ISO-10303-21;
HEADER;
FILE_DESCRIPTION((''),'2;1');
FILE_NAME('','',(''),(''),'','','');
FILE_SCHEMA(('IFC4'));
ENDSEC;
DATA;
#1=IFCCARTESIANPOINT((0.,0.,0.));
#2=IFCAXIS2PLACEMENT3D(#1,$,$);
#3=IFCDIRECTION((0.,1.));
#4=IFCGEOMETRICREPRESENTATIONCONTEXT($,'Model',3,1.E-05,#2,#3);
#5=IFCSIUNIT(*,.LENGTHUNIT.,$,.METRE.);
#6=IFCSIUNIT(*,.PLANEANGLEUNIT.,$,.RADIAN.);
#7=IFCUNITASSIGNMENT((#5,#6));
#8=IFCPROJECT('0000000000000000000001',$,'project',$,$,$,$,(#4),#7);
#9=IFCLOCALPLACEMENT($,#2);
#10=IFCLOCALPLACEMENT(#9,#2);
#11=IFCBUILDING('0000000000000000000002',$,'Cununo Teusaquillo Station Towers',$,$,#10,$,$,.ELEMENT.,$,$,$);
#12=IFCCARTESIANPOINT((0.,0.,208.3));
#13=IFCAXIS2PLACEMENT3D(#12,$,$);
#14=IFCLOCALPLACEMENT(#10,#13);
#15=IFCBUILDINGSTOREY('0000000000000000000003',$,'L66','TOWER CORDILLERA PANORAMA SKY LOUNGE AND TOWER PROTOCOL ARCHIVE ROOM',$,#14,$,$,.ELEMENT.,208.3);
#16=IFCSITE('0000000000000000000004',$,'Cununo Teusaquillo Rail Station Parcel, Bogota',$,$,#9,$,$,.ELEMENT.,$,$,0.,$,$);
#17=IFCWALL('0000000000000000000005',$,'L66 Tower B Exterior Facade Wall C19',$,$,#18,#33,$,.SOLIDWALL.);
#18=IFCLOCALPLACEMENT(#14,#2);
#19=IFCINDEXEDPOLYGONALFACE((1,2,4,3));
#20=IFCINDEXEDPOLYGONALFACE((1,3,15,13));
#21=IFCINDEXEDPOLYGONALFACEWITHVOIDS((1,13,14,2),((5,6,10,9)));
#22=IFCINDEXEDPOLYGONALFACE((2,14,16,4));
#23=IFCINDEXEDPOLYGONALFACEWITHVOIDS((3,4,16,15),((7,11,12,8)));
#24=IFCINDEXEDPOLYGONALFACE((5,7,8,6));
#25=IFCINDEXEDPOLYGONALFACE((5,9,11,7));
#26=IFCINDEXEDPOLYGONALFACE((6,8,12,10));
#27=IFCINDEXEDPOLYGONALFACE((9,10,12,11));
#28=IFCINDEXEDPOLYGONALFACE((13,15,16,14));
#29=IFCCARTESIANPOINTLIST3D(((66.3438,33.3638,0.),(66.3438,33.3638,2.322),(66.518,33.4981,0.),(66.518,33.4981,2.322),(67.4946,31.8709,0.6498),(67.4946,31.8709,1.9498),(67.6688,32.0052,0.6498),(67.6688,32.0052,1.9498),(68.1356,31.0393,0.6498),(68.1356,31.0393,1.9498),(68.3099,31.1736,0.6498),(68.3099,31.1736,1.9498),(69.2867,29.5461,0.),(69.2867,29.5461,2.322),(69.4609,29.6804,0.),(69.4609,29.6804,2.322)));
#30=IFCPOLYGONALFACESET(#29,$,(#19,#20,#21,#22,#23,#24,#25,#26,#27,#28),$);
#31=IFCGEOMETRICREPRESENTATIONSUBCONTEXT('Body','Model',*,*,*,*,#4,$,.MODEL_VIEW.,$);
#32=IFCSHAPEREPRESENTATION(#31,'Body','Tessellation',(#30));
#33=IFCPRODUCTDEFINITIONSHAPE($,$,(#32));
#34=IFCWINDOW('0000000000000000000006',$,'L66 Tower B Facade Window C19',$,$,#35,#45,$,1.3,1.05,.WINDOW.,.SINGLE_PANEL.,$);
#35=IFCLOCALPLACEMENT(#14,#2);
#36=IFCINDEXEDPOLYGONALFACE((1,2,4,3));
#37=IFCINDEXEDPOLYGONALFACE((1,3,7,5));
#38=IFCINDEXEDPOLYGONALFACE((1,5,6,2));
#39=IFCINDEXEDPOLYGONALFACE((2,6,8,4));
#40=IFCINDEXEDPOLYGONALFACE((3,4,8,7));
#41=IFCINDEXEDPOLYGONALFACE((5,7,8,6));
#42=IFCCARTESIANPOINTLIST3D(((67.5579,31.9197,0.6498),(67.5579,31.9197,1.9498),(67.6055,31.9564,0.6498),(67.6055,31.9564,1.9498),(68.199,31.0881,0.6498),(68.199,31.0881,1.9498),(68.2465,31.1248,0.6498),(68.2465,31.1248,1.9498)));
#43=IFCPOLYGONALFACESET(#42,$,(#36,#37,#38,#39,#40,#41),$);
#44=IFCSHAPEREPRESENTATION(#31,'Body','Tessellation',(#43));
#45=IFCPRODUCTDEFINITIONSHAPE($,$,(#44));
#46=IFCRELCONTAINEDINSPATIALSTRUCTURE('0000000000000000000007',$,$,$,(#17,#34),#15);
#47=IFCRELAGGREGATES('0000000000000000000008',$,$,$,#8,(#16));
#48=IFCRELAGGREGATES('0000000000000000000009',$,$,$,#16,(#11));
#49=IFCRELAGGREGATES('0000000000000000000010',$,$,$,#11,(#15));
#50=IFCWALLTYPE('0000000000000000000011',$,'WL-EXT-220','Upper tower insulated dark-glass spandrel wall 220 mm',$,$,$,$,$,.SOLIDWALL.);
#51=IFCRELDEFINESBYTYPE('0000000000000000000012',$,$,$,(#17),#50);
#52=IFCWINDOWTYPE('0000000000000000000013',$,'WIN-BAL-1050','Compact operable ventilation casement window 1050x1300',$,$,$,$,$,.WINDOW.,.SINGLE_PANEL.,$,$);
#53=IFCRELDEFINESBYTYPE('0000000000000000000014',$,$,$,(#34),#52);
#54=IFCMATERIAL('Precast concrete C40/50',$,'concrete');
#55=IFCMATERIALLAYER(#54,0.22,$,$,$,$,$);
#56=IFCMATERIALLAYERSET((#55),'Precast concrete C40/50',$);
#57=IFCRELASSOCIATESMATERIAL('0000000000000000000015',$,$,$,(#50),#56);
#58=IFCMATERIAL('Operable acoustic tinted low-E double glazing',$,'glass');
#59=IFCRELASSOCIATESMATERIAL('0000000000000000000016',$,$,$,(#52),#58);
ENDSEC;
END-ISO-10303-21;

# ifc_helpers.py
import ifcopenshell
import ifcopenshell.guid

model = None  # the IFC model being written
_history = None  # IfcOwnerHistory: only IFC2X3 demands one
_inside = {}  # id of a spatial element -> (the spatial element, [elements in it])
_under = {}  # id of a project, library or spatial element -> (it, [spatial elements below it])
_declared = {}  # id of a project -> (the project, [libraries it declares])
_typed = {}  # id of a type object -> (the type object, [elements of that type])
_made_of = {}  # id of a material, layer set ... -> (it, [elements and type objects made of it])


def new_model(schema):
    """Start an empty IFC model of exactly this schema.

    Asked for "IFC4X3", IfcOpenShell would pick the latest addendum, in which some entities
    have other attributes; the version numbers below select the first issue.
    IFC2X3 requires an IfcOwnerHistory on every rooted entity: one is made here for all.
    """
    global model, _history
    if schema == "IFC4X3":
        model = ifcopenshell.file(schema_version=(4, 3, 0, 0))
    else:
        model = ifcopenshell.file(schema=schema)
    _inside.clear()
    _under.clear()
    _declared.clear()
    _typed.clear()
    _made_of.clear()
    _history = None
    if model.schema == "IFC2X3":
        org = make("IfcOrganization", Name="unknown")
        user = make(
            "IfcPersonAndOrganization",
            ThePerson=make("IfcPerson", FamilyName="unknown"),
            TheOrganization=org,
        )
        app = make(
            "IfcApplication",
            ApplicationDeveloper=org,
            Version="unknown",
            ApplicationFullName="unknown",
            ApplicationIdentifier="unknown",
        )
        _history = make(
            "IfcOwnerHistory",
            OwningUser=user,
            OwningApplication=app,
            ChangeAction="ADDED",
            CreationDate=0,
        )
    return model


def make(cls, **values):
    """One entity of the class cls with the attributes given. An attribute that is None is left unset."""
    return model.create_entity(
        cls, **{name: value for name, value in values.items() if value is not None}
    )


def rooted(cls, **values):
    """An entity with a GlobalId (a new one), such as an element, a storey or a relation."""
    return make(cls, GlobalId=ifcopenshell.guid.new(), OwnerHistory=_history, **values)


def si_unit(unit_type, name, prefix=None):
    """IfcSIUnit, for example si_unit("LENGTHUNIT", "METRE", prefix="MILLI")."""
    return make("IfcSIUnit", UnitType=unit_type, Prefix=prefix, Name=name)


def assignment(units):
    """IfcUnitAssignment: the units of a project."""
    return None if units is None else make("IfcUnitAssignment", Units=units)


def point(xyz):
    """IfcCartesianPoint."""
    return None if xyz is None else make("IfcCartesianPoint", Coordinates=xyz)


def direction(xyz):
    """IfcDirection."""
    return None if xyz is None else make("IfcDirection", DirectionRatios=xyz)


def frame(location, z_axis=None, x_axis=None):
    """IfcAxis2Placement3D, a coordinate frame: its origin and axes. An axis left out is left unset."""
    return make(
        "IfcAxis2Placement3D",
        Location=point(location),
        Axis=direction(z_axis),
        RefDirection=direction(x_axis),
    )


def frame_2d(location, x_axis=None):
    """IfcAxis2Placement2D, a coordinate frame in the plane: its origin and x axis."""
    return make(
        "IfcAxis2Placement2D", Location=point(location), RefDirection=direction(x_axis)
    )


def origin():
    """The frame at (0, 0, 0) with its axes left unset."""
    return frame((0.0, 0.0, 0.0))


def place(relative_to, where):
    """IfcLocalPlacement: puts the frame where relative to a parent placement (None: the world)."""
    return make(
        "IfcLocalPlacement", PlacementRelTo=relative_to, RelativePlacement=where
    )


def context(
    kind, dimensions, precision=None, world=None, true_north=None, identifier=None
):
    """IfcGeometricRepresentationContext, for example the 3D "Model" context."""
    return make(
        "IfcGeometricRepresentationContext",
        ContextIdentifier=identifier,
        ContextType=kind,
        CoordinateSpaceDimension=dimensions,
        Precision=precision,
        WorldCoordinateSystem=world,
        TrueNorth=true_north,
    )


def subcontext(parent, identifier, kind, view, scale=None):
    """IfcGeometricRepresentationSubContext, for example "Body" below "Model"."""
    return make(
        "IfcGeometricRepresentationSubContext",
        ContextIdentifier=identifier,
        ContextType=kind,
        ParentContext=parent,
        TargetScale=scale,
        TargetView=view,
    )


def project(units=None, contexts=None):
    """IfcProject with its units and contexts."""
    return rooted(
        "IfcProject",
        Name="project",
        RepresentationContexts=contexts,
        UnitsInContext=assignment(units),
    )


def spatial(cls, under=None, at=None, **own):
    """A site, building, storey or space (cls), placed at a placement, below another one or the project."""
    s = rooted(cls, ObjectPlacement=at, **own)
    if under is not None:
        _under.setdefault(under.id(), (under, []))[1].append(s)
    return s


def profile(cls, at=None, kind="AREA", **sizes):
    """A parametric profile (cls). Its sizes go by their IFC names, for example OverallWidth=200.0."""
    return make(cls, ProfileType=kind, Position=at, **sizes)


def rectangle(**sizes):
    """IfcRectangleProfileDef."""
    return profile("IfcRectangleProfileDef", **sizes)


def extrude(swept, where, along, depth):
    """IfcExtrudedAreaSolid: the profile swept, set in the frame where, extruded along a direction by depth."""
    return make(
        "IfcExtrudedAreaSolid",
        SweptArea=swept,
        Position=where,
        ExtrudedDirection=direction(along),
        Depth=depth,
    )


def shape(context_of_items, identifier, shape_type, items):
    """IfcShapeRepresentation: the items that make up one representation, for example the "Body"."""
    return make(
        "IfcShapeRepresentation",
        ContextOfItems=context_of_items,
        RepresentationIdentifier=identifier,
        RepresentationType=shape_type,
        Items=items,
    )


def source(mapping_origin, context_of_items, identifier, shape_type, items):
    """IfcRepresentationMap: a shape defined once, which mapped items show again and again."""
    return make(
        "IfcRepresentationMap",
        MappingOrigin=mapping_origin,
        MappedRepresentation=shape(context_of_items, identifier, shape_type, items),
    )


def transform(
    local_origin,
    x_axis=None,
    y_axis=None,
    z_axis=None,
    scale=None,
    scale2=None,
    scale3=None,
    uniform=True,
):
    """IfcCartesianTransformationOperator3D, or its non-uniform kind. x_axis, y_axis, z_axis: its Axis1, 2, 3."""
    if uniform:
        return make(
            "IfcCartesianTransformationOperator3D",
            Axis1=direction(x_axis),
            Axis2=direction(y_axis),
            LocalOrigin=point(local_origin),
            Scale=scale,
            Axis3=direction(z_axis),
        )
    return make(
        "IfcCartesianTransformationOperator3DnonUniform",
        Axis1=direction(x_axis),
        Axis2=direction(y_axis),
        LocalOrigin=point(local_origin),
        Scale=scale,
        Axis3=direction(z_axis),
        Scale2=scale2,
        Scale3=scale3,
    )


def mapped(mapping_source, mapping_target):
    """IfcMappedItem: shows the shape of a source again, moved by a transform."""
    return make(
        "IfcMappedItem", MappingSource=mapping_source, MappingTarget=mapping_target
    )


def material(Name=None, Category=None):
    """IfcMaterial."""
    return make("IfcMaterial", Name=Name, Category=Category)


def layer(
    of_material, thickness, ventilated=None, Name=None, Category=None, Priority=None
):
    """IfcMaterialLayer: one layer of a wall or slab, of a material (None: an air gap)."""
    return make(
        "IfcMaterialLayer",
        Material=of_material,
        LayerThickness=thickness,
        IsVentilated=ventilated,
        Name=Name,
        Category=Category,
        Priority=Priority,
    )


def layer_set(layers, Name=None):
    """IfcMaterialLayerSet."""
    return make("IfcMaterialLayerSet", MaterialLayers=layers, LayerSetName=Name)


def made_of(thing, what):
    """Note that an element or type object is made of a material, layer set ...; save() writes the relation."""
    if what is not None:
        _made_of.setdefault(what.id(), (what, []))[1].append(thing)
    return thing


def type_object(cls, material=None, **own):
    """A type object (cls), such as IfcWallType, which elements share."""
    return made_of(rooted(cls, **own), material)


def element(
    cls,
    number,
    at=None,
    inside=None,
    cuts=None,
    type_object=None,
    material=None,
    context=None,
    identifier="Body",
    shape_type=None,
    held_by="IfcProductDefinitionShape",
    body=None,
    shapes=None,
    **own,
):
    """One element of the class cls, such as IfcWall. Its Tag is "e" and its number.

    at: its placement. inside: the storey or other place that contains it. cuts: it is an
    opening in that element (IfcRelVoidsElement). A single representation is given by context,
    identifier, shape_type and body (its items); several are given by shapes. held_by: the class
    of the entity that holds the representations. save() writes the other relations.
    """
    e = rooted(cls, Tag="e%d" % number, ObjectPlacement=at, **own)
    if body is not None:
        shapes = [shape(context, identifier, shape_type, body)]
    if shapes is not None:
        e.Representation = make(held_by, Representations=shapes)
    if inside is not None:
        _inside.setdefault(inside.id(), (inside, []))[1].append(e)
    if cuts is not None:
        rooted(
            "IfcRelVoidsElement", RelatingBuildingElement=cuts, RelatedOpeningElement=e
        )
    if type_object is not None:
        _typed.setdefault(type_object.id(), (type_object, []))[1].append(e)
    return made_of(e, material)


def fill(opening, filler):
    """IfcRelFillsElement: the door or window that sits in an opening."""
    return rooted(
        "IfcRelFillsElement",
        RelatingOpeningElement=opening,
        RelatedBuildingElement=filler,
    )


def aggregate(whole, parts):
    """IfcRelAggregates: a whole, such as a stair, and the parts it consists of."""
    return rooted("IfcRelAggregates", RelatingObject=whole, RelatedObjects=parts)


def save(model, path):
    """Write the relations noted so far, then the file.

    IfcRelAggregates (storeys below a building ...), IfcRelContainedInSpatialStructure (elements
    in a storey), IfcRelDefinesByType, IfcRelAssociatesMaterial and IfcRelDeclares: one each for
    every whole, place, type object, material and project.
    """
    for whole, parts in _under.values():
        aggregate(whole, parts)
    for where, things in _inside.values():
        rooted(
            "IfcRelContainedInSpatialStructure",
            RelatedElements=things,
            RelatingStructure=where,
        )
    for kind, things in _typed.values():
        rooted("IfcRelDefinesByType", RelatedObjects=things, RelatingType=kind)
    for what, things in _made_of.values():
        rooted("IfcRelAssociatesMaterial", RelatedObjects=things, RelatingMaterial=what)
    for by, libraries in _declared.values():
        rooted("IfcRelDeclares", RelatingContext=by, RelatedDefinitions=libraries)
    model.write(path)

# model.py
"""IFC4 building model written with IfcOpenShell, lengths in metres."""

from ifc_helpers import new_model, si_unit, direction, frame, frame_2d, origin, place, context, subcontext, project, spatial, rectangle, extrude, source, transform, mapped, material, layer, layer_set, type_object, element, fill, save


model = new_model("IFC4")

# Units and contexts
model_context = context("Model", 3, precision=1e-05, world=origin(), true_north=direction((0.0, 1.0)))
body_context = subcontext(model_context, "Body", "Model", "MODEL_VIEW")
ifc_project = project(units=[si_unit("LENGTHUNIT", "METRE"), si_unit("PLANEANGLEUNIT", "RADIAN")], contexts=[model_context])

# Site, building, storey
site_placement = place(None, origin())
site = spatial("IfcSite", under=ifc_project, at=site_placement, Name="Cununo Teusaquillo Rail Station Parcel, Bogota", CompositionType="ELEMENT", RefElevation=0.0)
building_placement = place(site_placement, origin())
building = spatial("IfcBuilding", under=site, at=building_placement, Name="Cununo Teusaquillo Station Towers", CompositionType="ELEMENT")
storey_placement = place(building_placement, frame((0.0, 0.0, 208.3)))
storey = spatial("IfcBuildingStorey", under=building, at=storey_placement, Name="L66", Description="TOWER CORDILLERA PANORAMA SKY LOUNGE AND TOWER PROTOCOL ARCHIVE ROOM", CompositionType="ELEMENT", Elevation=208.3)

# Shared definitions
ifc_material_1 = material(Name="Precast concrete C40/50", Category="concrete")
ifc_layer_1 = layer(ifc_material_1, 0.22)
ifc_layer_set_1 = layer_set([ifc_layer_1], Name="Precast concrete C40/50")
wall_type = type_object("IfcWallType", Name="WL-EXT-220", Description="Upper tower insulated dark-glass spandrel wall 220 mm", PredefinedType="SOLIDWALL", material=ifc_layer_set_1)

# Wall, opening, window
wall_1_placement = place(storey_placement, frame((66.4309, 33.4309, 0.0), z_axis=(0.0, 0.0, 1.0), x_axis=(0.610523, -0.791998, 0.0)))
wall_1 = element("IfcWall", 1, at=wall_1_placement, inside=storey, type_object=wall_type, Name="L66 Tower B Exterior Facade Wall C19", PredefinedType="SOLIDWALL", context=body_context, shape_type="SweptSolid", body=[
    extrude(rectangle(XDim=4.8203, YDim=0.22, at=frame_2d((2.4102, 0.0))), origin(), (0.0, 0.0, 1.0), 2.322),
])
shared_shape_1 = source(origin(), body_context, "Body", "SweptSolid", [
    extrude(rectangle(XDim=1.05, YDim=1.3, at=frame_2d((0.5249, 0.6499))), frame((0.0, 0.1199, 0.0), z_axis=(0.0, -1.0, 0.0), x_axis=(1.0, 0.0, 0.0)), (0.0, 0.0, 1.0), 0.24),
])
opening_placement = place(wall_1_placement, frame((1.885, 0.0, 0.6499)))
opening = element("IfcOpeningElement", 2, at=opening_placement, cuts=wall_1, PredefinedType="OPENING", context=body_context, shape_type="MappedRepresentation", body=[
    mapped(shared_shape_1, transform((0.0, 0.0, 0.0), x_axis=(1.0, 0.0, 0.0), y_axis=(0.0, 1.0, 0.0), z_axis=(0.0, 0.0, 1.0), scale=1.0)),
])
ifc_material_2 = material(Name="Operable acoustic tinted low-E double glazing", Category="glass")
window_type = type_object("IfcWindowType", Name="WIN-BAL-1050", Description="Compact operable ventilation casement window 1050x1300", PartitioningType="SINGLE_PANEL", PredefinedType="WINDOW", material=ifc_material_2)
shared_shape_2 = source(origin(), body_context, "Body", "SweptSolid", [
    extrude(rectangle(XDim=1.05, YDim=1.3, at=frame_2d((0.5249, 0.6499))), frame((0.0, 0.03, 0.0), z_axis=(0.0, -1.0, 0.0), x_axis=(1.0, 0.0, 0.0)), (0.0, 0.0, 1.0), 0.0601),
])
window_placement = place(opening_placement, origin())
window = element("IfcWindow", 3, at=window_placement, inside=storey, type_object=window_type, Name="L66 Tower B Facade Window C19", OverallHeight=1.3, OverallWidth=1.05, PartitioningType="SINGLE_PANEL", PredefinedType="WINDOW", context=body_context, shape_type="MappedRepresentation", body=[
    mapped(shared_shape_2, transform((0.0, 0.0, 0.0), x_axis=(1.0, 0.0, 0.0), y_axis=(0.0, 1.0, 0.0), z_axis=(0.0, 0.0, 1.0), scale=1.0)),
])
fill(opening, window)

save(model, "model.ifc")
